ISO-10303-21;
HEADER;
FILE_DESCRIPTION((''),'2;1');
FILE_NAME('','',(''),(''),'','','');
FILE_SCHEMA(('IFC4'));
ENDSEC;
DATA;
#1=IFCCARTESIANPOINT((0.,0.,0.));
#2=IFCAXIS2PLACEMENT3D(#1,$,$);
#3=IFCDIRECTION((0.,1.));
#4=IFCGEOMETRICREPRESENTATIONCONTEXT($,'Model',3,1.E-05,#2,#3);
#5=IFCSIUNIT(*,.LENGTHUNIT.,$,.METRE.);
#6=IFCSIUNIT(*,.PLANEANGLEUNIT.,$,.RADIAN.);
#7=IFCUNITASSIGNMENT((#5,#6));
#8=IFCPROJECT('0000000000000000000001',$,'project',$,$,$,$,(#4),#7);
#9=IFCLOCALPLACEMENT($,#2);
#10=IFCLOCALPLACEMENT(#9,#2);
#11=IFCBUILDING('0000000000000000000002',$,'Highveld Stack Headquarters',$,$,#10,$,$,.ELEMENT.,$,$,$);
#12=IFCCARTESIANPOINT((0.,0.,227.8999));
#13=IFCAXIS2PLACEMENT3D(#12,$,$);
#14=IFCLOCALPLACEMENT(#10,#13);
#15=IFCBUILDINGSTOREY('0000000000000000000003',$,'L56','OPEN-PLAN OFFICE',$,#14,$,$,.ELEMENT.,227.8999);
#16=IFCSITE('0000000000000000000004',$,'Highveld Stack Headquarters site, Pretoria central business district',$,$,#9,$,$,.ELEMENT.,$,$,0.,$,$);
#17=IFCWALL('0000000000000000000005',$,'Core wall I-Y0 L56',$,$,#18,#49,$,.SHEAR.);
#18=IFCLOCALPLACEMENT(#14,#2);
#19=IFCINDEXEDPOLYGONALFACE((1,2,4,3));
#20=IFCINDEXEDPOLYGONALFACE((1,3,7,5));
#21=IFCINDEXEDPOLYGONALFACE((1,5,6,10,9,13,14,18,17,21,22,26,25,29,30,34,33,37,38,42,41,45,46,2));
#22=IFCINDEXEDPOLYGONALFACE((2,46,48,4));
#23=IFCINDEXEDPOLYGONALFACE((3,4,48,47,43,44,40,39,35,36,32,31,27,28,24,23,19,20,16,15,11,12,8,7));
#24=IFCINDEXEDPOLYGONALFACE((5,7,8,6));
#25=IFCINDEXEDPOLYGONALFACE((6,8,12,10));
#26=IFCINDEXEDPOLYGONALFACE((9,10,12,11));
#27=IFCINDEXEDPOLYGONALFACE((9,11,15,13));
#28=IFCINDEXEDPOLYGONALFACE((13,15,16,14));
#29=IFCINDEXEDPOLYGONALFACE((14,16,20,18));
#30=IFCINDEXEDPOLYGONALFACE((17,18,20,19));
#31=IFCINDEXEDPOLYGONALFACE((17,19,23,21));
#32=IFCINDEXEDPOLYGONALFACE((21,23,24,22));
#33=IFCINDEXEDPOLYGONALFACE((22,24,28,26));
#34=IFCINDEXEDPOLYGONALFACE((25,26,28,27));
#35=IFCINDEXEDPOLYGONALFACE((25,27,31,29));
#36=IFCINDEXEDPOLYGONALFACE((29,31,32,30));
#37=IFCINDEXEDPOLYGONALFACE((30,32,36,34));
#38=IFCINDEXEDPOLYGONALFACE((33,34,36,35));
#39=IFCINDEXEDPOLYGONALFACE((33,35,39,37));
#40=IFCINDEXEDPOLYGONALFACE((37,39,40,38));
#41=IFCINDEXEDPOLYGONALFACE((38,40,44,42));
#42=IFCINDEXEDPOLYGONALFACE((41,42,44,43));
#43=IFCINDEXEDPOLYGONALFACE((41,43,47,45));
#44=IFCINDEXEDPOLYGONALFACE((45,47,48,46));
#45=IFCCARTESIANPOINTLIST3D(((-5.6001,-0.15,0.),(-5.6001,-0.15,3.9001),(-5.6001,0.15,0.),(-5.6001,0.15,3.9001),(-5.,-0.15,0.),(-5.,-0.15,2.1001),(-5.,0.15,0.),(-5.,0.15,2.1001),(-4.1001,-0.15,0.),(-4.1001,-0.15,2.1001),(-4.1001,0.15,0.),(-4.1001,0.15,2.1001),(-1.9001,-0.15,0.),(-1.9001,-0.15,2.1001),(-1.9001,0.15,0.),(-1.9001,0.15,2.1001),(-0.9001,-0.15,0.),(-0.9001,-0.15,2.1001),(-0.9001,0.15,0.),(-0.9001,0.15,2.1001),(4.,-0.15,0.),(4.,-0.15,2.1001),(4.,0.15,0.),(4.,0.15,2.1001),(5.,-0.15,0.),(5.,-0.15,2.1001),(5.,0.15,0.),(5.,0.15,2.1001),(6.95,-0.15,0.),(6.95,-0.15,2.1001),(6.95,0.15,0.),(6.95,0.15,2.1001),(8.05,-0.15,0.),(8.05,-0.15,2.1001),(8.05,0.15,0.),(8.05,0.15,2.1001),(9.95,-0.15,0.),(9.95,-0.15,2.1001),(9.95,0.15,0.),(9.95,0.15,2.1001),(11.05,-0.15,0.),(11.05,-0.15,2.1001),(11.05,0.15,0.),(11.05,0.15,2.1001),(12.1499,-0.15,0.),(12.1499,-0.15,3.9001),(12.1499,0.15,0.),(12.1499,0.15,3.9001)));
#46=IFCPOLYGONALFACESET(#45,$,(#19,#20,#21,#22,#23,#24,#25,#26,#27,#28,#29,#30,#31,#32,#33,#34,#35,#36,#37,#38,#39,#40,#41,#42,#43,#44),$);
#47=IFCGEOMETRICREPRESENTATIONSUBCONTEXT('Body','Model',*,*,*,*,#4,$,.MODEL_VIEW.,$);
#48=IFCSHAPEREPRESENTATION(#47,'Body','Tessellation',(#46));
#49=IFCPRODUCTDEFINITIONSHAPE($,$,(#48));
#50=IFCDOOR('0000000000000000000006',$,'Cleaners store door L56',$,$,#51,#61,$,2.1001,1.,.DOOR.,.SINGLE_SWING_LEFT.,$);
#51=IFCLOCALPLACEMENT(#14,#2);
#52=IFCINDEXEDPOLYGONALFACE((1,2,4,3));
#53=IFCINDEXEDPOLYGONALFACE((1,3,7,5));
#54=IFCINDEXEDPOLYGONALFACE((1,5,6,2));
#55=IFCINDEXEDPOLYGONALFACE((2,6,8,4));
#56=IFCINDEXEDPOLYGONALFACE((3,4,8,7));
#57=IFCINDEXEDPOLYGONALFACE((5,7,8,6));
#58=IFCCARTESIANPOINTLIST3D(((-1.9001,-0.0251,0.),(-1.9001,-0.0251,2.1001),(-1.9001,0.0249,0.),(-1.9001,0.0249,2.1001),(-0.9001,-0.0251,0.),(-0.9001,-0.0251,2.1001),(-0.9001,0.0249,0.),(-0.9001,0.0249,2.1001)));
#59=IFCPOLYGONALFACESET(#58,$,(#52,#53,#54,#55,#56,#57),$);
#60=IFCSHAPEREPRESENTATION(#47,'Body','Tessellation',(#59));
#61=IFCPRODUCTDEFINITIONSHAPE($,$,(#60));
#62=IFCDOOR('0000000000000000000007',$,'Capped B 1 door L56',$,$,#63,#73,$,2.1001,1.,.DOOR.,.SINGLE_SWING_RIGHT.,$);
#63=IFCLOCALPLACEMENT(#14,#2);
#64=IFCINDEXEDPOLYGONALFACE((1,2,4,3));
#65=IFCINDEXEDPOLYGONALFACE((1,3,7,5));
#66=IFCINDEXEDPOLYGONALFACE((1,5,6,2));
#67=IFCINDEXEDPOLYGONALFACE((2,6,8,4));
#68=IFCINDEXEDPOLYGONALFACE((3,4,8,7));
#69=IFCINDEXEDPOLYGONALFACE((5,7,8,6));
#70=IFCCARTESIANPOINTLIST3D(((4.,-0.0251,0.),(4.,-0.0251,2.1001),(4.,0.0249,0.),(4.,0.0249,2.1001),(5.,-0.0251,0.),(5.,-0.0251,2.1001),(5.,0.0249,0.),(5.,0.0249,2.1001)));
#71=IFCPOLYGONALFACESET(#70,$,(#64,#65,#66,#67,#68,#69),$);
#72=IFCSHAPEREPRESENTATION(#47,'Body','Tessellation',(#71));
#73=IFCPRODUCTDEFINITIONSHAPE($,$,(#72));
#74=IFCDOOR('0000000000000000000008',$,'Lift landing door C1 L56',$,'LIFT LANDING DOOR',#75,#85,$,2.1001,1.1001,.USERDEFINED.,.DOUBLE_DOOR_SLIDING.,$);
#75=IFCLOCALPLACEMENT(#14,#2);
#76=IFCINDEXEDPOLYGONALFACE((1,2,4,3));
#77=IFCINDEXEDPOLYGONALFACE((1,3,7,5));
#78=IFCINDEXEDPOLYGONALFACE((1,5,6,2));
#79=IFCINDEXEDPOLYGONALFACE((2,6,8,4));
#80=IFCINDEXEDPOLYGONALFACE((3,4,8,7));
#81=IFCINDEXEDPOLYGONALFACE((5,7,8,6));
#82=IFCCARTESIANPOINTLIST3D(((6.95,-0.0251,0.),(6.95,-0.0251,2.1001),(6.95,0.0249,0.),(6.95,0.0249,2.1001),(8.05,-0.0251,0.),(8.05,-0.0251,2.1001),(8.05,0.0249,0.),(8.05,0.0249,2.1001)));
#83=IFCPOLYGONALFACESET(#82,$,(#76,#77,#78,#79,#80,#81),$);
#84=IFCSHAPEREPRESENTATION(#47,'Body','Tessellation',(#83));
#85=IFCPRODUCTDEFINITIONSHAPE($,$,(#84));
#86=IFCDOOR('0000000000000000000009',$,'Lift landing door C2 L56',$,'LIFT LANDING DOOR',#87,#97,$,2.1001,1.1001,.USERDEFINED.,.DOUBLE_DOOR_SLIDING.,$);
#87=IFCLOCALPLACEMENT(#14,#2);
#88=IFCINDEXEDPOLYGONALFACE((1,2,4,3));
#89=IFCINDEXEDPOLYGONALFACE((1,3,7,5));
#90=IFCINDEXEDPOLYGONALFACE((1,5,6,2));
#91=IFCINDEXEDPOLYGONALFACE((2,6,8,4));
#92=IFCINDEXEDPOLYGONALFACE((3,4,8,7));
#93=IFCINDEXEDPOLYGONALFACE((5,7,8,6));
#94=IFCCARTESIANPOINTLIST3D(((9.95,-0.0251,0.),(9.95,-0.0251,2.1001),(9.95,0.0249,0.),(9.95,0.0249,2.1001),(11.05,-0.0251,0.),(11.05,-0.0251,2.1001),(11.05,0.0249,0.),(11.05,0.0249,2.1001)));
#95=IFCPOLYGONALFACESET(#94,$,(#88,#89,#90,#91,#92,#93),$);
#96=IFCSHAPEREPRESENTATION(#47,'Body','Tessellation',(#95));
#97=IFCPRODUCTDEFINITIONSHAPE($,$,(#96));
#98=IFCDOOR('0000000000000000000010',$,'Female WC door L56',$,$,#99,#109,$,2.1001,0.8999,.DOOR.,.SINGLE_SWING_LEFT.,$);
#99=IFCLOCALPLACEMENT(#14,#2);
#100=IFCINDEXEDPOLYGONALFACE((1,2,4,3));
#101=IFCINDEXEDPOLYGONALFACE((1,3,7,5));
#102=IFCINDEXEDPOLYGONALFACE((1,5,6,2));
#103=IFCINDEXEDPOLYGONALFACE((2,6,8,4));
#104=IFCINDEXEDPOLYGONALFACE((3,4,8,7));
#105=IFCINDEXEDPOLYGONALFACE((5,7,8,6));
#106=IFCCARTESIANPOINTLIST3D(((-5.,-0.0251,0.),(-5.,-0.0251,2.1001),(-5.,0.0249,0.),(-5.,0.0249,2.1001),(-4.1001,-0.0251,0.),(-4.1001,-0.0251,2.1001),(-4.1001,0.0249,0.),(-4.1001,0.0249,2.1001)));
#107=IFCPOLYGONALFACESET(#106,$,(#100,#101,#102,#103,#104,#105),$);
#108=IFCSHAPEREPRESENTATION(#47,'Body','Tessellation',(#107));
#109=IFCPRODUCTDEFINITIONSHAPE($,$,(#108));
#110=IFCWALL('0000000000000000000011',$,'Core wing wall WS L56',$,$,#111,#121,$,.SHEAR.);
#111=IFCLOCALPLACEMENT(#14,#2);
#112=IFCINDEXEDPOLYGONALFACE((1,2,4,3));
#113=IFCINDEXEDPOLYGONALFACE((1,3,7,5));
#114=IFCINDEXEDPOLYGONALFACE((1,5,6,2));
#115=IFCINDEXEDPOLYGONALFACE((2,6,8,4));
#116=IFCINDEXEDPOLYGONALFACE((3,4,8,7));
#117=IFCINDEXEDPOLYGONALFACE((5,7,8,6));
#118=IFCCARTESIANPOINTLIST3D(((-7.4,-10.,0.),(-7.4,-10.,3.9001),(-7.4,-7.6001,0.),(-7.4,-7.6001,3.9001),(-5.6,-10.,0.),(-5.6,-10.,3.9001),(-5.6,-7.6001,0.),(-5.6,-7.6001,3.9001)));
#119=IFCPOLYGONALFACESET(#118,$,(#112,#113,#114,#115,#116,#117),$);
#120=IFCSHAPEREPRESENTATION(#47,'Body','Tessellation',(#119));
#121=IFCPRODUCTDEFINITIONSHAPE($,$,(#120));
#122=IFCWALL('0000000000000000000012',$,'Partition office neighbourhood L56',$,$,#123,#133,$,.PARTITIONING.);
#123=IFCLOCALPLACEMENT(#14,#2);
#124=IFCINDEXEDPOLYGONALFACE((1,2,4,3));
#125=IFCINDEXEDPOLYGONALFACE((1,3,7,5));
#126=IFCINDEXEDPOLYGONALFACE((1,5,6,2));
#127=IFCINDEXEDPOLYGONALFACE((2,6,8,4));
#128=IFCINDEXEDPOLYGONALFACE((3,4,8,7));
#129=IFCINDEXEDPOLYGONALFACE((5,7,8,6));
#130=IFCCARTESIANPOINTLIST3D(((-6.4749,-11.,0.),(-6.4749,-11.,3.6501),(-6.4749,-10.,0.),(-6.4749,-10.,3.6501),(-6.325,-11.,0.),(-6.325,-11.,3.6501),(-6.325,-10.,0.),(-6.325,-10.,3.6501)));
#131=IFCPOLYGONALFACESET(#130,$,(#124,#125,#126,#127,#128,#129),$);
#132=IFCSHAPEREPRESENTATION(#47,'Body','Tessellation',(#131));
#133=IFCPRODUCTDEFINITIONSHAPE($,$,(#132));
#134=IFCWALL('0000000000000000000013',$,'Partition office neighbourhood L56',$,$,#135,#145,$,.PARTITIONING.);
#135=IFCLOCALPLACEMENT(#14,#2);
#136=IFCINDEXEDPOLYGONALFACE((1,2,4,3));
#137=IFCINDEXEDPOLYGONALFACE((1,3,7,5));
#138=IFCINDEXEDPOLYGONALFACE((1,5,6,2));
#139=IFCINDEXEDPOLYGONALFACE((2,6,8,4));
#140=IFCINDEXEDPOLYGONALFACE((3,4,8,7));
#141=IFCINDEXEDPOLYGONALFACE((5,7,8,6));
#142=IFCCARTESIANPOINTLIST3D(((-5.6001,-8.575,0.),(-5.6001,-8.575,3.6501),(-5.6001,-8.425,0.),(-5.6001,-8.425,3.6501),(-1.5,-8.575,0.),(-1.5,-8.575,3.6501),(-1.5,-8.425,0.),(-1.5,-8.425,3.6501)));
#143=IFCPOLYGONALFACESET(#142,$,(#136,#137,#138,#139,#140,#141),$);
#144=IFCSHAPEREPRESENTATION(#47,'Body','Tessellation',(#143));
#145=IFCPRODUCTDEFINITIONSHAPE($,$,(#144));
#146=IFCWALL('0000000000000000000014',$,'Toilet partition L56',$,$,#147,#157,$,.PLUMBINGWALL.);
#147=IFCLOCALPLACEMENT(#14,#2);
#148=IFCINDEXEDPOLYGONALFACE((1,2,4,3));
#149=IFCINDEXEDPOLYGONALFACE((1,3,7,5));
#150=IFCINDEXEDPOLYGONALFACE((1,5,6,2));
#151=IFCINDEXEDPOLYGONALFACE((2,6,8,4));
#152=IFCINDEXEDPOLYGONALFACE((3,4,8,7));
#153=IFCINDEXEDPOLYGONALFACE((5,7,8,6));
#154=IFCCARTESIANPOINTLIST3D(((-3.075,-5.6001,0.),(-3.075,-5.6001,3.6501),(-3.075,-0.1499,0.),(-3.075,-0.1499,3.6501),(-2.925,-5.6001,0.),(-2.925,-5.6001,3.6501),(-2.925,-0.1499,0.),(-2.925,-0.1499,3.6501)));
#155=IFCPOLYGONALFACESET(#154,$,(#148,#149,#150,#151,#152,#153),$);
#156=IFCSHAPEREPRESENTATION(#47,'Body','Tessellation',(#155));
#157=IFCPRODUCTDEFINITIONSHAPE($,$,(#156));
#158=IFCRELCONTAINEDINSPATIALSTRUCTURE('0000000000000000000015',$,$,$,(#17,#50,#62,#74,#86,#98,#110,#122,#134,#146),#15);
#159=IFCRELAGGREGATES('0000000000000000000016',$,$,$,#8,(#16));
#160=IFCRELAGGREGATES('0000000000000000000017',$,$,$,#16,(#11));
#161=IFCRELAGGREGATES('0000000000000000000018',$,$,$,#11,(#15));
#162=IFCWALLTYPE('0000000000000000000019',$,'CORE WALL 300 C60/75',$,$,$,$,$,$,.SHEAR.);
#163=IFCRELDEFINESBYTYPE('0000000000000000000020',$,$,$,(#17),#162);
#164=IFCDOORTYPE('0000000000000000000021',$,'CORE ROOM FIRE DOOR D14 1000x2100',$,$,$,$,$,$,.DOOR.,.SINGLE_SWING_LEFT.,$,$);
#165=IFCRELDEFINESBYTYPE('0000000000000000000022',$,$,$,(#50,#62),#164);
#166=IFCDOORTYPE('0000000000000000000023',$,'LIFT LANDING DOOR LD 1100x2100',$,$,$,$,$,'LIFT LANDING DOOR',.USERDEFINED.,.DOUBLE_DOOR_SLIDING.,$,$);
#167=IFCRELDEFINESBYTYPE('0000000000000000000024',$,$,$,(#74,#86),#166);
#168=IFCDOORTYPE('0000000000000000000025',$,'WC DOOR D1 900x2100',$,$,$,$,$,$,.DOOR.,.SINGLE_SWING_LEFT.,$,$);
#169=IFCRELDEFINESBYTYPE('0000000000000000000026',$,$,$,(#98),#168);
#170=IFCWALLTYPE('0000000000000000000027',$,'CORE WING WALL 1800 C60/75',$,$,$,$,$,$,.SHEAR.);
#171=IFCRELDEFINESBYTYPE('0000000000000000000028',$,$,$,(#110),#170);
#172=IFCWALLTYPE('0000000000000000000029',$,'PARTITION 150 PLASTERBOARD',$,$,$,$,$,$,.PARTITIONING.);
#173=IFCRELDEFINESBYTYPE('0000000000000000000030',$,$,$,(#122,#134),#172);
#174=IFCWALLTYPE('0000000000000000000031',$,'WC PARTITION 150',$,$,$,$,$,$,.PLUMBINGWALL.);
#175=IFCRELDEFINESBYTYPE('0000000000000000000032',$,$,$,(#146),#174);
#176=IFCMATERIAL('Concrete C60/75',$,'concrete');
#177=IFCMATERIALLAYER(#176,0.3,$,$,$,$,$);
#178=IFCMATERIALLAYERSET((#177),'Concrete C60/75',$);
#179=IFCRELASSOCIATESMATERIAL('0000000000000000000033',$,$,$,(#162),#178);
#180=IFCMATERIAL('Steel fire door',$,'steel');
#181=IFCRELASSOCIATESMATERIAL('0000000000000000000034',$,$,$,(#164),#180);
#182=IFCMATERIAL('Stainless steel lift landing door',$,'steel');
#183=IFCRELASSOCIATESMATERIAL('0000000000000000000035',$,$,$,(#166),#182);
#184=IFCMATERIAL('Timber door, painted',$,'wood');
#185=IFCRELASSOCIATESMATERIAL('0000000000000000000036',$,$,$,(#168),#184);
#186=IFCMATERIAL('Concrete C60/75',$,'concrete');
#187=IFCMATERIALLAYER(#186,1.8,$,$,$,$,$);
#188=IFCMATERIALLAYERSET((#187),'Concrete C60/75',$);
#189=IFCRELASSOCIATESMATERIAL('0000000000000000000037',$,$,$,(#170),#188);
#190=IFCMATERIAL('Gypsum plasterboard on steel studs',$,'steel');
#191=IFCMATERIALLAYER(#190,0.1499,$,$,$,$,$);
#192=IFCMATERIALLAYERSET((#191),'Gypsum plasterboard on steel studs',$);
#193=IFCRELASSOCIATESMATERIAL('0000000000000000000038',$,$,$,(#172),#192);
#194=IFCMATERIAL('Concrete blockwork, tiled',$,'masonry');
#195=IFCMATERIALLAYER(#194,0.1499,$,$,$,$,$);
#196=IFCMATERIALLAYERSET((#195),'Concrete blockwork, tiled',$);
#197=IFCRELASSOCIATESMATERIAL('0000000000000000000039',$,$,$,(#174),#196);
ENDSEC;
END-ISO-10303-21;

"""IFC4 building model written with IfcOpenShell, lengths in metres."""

from ifc_helpers import new_model, si_unit, direction, frame, frame_2d, origin, place, context, subcontext, project, spatial, rectangle, extrude, material, layer, layer_set, type_object, element, fill, save


model = new_model("IFC4")

# Units and contexts
model_context = context("Model", 3, precision=1e-05, world=origin(), true_north=direction((0.0, 1.0)))
body_context = subcontext(model_context, "Body", "Model", "MODEL_VIEW")
ifc_project = project(units=[si_unit("LENGTHUNIT", "METRE"), si_unit("PLANEANGLEUNIT", "RADIAN")], contexts=[model_context])

# Site, building, storey
site_placement = place(None, origin())
site = spatial("IfcSite", under=ifc_project, at=site_placement, Name="Highveld Stack Headquarters site, Pretoria central business district", CompositionType="ELEMENT", RefElevation=0.0)
building_placement = place(site_placement, origin())
building = spatial("IfcBuilding", under=site, at=building_placement, Name="Highveld Stack Headquarters", CompositionType="ELEMENT")
storey_placement = place(building_placement, frame((0.0, 0.0, 227.8999)))
storey = spatial("IfcBuildingStorey", under=building, at=storey_placement, Name="L56", Description="OPEN-PLAN OFFICE", CompositionType="ELEMENT", Elevation=227.8999)

# Wall, openings, doors
ifc_material_1 = material(Name="Concrete C60/75", Category="concrete")
ifc_layer_1 = layer(ifc_material_1, 0.3)
ifc_layer_set_1 = layer_set([ifc_layer_1], Name="Concrete C60/75")
wall_type_1 = type_object("IfcWallType", Name="CORE WALL 300 C60/75", PredefinedType="SHEAR", material=ifc_layer_set_1)
wall_1_placement = place(storey_placement, frame((-5.6001, 0.0, 0.0), z_axis=(0.0, 0.0, 1.0), x_axis=(1.0, 0.0, 0.0)))
wall_1 = element("IfcWall", 1, at=wall_1_placement, inside=storey, type_object=wall_type_1, Name="Core wall I-Y0 L56", PredefinedType="SHEAR", context=body_context, shape_type="SweptSolid", body=[
    extrude(rectangle(XDim=17.75, YDim=0.3, at=frame_2d((8.875, 0.0))), origin(), (0.0, 0.0, 1.0), 3.9001),
])
opening_1_placement = place(wall_1_placement, frame((0.6001, 0.0, 0.0)))
opening_1 = element("IfcOpeningElement", 2, at=opening_1_placement, cuts=wall_1, PredefinedType="OPENING", context=body_context, shape_type="SweptSolid", body=[
    extrude(rectangle(XDim=0.8999, YDim=2.1001, at=frame_2d((0.45, 1.05))), frame((0.0, 0.1599, 0.0), z_axis=(0.0, -1.0, 0.0), x_axis=(1.0, 0.0, 0.0)), (0.0, 0.0, 1.0), 0.3201),
])
opening_2_placement = place(wall_1_placement, frame((3.7, 0.0, 0.0)))
opening_2 = element("IfcOpeningElement", 3, at=opening_2_placement, cuts=wall_1, PredefinedType="OPENING", context=body_context, shape_type="SweptSolid", body=[
    extrude(rectangle(XDim=1.0, YDim=2.1001, at=frame_2d((0.5, 1.05))), frame((0.0, 0.1599, 0.0), z_axis=(0.0, -1.0, 0.0), x_axis=(1.0, 0.0, 0.0)), (0.0, 0.0, 1.0), 0.3201),
])
opening_3_placement = place(wall_1_placement, frame((9.6001, 0.0, 0.0)))
opening_3 = element("IfcOpeningElement", 4, at=opening_3_placement, cuts=wall_1, PredefinedType="OPENING", context=body_context, shape_type="SweptSolid", body=[
    extrude(rectangle(XDim=1.0, YDim=2.1001, at=frame_2d((0.5, 1.05))), frame((0.0, 0.1599, 0.0), z_axis=(0.0, -1.0, 0.0), x_axis=(1.0, 0.0, 0.0)), (0.0, 0.0, 1.0), 0.3201),
])
opening_4_placement = place(wall_1_placement, frame((12.55, 0.0, 0.0)))
opening_4 = element("IfcOpeningElement", 5, at=opening_4_placement, cuts=wall_1, PredefinedType="OPENING", context=body_context, shape_type="SweptSolid", body=[
    extrude(rectangle(XDim=1.1001, YDim=2.1001, at=frame_2d((0.55, 1.05))), frame((0.0, 0.1599, 0.0), z_axis=(0.0, -1.0, 0.0), x_axis=(1.0, 0.0, 0.0)), (0.0, 0.0, 1.0), 0.3201),
])
opening_5_placement = place(wall_1_placement, frame((15.55, 0.0, 0.0)))
opening_5 = element("IfcOpeningElement", 6, at=opening_5_placement, cuts=wall_1, PredefinedType="OPENING", context=body_context, shape_type="SweptSolid", body=[
    extrude(rectangle(XDim=1.1001, YDim=2.1001, at=frame_2d((0.55, 1.05))), frame((0.0, 0.1599, 0.0), z_axis=(0.0, -1.0, 0.0), x_axis=(1.0, 0.0, 0.0)), (0.0, 0.0, 1.0), 0.3201),
])
ifc_material_2 = material(Name="Steel fire door", Category="steel")
door_type_1 = type_object("IfcDoorType", Name="CORE ROOM FIRE DOOR D14 1000x2100", OperationType="SINGLE_SWING_LEFT", PredefinedType="DOOR", material=ifc_material_2)
door_1_placement = place(opening_2_placement, origin())
door_1 = element("IfcDoor", 7, at=door_1_placement, inside=storey, type_object=door_type_1, Name="Cleaners store door L56", OperationType="SINGLE_SWING_LEFT", OverallHeight=2.1001, OverallWidth=1.0, PredefinedType="DOOR", context=body_context, shape_type="SweptSolid", body=[
    extrude(rectangle(XDim=1.0, YDim=2.1001, at=frame_2d((0.5, 1.05))), frame((0.0, 0.0249, 0.0), z_axis=(0.0, -1.0, 0.0), x_axis=(1.0, 0.0, 0.0)), (0.0, 0.0, 1.0), 0.05),
])
fill(opening_2, door_1)
door_2_placement = place(opening_3_placement, origin())
door_2 = element("IfcDoor", 8, at=door_2_placement, inside=storey, type_object=door_type_1, Name="Capped B 1 door L56", OperationType="SINGLE_SWING_RIGHT", OverallHeight=2.1001, OverallWidth=1.0, PredefinedType="DOOR", context=body_context, shape_type="SweptSolid", body=[
    extrude(rectangle(XDim=1.0, YDim=2.1001, at=frame_2d((0.5, 1.05))), frame((0.0, 0.0249, 0.0), z_axis=(0.0, -1.0, 0.0), x_axis=(1.0, 0.0, 0.0)), (0.0, 0.0, 1.0), 0.05),
])
fill(opening_3, door_2)
ifc_material_3 = material(Name="Stainless steel lift landing door", Category="steel")
door_type_2 = type_object("IfcDoorType", Name="LIFT LANDING DOOR LD 1100x2100", ElementType="LIFT LANDING DOOR", OperationType="DOUBLE_DOOR_SLIDING", PredefinedType="USERDEFINED", material=ifc_material_3)
door_3_placement = place(opening_4_placement, origin())
door_3 = element("IfcDoor", 9, at=door_3_placement, inside=storey, type_object=door_type_2, Name="Lift landing door C1 L56", ObjectType="LIFT LANDING DOOR", OperationType="DOUBLE_DOOR_SLIDING", OverallHeight=2.1001, OverallWidth=1.1001, PredefinedType="USERDEFINED", context=body_context, shape_type="SweptSolid", body=[
    extrude(rectangle(XDim=1.1001, YDim=2.1001, at=frame_2d((0.55, 1.05))), frame((0.0, 0.0249, 0.0), z_axis=(0.0, -1.0, 0.0), x_axis=(1.0, 0.0, 0.0)), (0.0, 0.0, 1.0), 0.05),
])
fill(opening_4, door_3)
door_4_placement = place(opening_5_placement, origin())
door_4 = element("IfcDoor", 10, at=door_4_placement, inside=storey, type_object=door_type_2, Name="Lift landing door C2 L56", ObjectType="LIFT LANDING DOOR", OperationType="DOUBLE_DOOR_SLIDING", OverallHeight=2.1001, OverallWidth=1.1001, PredefinedType="USERDEFINED", context=body_context, shape_type="SweptSolid", body=[
    extrude(rectangle(XDim=1.1001, YDim=2.1001, at=frame_2d((0.55, 1.05))), frame((0.0, 0.0249, 0.0), z_axis=(0.0, -1.0, 0.0), x_axis=(1.0, 0.0, 0.0)), (0.0, 0.0, 1.0), 0.05),
])
fill(opening_5, door_4)
ifc_material_4 = material(Name="Timber door, painted", Category="wood")
door_type_3 = type_object("IfcDoorType", Name="WC DOOR D1 900x2100", OperationType="SINGLE_SWING_LEFT", PredefinedType="DOOR", material=ifc_material_4)
door_5_placement = place(opening_1_placement, origin())
door_5 = element("IfcDoor", 11, at=door_5_placement, inside=storey, type_object=door_type_3, Name="Female WC door L56", OperationType="SINGLE_SWING_LEFT", OverallHeight=2.1001, OverallWidth=0.8999, PredefinedType="DOOR", context=body_context, shape_type="SweptSolid", body=[
    extrude(rectangle(XDim=0.8999, YDim=2.1001, at=frame_2d((0.45, 1.05))), frame((0.0, 0.0249, 0.0), z_axis=(0.0, -1.0, 0.0), x_axis=(1.0, 0.0, 0.0)), (0.0, 0.0, 1.0), 0.05),
])
fill(opening_1, door_5)

# Walls
ifc_material_5 = material(Name="Concrete C60/75", Category="concrete")
ifc_layer_2 = layer(ifc_material_5, 1.8)
ifc_layer_set_2 = layer_set([ifc_layer_2], Name="Concrete C60/75")
wall_type_2 = type_object("IfcWallType", Name="CORE WING WALL 1800 C60/75", PredefinedType="SHEAR", material=ifc_layer_set_2)
wall_2_placement = place(storey_placement, frame((-6.5, -10.0, 0.0), z_axis=(0.0, 0.0, 1.0), x_axis=(0.0, 1.0, 0.0)))
element("IfcWall", 12, at=wall_2_placement, inside=storey, type_object=wall_type_2, Name="Core wing wall WS L56", PredefinedType="SHEAR", context=body_context, shape_type="SweptSolid", body=[
    extrude(rectangle(XDim=2.3999, YDim=1.8, at=frame_2d((1.2, 0.0))), origin(), (0.0, 0.0, 1.0), 3.9001),
])
ifc_material_6 = material(Name="Gypsum plasterboard on steel studs", Category="steel")
ifc_layer_3 = layer(ifc_material_6, 0.1499)
ifc_layer_set_3 = layer_set([ifc_layer_3], Name="Gypsum plasterboard on steel studs")
wall_type_3 = type_object("IfcWallType", Name="PARTITION 150 PLASTERBOARD", PredefinedType="PARTITIONING", material=ifc_layer_set_3)
wall_3_placement = place(storey_placement, frame((-6.3999, -11.0, 0.0), z_axis=(0.0, 0.0, 1.0), x_axis=(0.0, 1.0, 0.0)))
element("IfcWall", 13, at=wall_3_placement, inside=storey, type_object=wall_type_3, Name="Partition office neighbourhood L56", PredefinedType="PARTITIONING", context=body_context, shape_type="SweptSolid", body=[
    extrude(rectangle(XDim=1.0, YDim=0.1499, at=frame_2d((0.5, 0.0))), origin(), (0.0, 0.0, 1.0), 3.6501),
])
wall_4_placement = place(storey_placement, frame((-5.6001, -8.5, 0.0), z_axis=(0.0, 0.0, 1.0), x_axis=(1.0, 0.0, 0.0)))
element("IfcWall", 14, at=wall_4_placement, inside=storey, type_object=wall_type_3, Name="Partition office neighbourhood L56", PredefinedType="PARTITIONING", context=body_context, shape_type="SweptSolid", body=[
    extrude(rectangle(XDim=4.1001, YDim=0.1499, at=frame_2d((2.05, 0.0))), origin(), (0.0, 0.0, 1.0), 3.6501),
])
ifc_material_7 = material(Name="Concrete blockwork, tiled", Category="masonry")
ifc_layer_4 = layer(ifc_material_7, 0.1499)
ifc_layer_set_4 = layer_set([ifc_layer_4], Name="Concrete blockwork, tiled")
wall_type_4 = type_object("IfcWallType", Name="WC PARTITION 150", PredefinedType="PLUMBINGWALL", material=ifc_layer_set_4)
wall_5_placement = place(storey_placement, frame((-3.0, -5.6001, 0.0), z_axis=(0.0, 0.0, 1.0), x_axis=(0.0, 1.0, 0.0)))
element("IfcWall", 15, at=wall_5_placement, inside=storey, type_object=wall_type_4, Name="Toilet partition L56", PredefinedType="PLUMBINGWALL", context=body_context, shape_type="SweptSolid", body=[
    extrude(rectangle(XDim=5.4502, YDim=0.1499, at=frame_2d((2.7251, 0.0))), origin(), (0.0, 0.0, 1.0), 3.6501),
])

save(model, "model.ifc")
